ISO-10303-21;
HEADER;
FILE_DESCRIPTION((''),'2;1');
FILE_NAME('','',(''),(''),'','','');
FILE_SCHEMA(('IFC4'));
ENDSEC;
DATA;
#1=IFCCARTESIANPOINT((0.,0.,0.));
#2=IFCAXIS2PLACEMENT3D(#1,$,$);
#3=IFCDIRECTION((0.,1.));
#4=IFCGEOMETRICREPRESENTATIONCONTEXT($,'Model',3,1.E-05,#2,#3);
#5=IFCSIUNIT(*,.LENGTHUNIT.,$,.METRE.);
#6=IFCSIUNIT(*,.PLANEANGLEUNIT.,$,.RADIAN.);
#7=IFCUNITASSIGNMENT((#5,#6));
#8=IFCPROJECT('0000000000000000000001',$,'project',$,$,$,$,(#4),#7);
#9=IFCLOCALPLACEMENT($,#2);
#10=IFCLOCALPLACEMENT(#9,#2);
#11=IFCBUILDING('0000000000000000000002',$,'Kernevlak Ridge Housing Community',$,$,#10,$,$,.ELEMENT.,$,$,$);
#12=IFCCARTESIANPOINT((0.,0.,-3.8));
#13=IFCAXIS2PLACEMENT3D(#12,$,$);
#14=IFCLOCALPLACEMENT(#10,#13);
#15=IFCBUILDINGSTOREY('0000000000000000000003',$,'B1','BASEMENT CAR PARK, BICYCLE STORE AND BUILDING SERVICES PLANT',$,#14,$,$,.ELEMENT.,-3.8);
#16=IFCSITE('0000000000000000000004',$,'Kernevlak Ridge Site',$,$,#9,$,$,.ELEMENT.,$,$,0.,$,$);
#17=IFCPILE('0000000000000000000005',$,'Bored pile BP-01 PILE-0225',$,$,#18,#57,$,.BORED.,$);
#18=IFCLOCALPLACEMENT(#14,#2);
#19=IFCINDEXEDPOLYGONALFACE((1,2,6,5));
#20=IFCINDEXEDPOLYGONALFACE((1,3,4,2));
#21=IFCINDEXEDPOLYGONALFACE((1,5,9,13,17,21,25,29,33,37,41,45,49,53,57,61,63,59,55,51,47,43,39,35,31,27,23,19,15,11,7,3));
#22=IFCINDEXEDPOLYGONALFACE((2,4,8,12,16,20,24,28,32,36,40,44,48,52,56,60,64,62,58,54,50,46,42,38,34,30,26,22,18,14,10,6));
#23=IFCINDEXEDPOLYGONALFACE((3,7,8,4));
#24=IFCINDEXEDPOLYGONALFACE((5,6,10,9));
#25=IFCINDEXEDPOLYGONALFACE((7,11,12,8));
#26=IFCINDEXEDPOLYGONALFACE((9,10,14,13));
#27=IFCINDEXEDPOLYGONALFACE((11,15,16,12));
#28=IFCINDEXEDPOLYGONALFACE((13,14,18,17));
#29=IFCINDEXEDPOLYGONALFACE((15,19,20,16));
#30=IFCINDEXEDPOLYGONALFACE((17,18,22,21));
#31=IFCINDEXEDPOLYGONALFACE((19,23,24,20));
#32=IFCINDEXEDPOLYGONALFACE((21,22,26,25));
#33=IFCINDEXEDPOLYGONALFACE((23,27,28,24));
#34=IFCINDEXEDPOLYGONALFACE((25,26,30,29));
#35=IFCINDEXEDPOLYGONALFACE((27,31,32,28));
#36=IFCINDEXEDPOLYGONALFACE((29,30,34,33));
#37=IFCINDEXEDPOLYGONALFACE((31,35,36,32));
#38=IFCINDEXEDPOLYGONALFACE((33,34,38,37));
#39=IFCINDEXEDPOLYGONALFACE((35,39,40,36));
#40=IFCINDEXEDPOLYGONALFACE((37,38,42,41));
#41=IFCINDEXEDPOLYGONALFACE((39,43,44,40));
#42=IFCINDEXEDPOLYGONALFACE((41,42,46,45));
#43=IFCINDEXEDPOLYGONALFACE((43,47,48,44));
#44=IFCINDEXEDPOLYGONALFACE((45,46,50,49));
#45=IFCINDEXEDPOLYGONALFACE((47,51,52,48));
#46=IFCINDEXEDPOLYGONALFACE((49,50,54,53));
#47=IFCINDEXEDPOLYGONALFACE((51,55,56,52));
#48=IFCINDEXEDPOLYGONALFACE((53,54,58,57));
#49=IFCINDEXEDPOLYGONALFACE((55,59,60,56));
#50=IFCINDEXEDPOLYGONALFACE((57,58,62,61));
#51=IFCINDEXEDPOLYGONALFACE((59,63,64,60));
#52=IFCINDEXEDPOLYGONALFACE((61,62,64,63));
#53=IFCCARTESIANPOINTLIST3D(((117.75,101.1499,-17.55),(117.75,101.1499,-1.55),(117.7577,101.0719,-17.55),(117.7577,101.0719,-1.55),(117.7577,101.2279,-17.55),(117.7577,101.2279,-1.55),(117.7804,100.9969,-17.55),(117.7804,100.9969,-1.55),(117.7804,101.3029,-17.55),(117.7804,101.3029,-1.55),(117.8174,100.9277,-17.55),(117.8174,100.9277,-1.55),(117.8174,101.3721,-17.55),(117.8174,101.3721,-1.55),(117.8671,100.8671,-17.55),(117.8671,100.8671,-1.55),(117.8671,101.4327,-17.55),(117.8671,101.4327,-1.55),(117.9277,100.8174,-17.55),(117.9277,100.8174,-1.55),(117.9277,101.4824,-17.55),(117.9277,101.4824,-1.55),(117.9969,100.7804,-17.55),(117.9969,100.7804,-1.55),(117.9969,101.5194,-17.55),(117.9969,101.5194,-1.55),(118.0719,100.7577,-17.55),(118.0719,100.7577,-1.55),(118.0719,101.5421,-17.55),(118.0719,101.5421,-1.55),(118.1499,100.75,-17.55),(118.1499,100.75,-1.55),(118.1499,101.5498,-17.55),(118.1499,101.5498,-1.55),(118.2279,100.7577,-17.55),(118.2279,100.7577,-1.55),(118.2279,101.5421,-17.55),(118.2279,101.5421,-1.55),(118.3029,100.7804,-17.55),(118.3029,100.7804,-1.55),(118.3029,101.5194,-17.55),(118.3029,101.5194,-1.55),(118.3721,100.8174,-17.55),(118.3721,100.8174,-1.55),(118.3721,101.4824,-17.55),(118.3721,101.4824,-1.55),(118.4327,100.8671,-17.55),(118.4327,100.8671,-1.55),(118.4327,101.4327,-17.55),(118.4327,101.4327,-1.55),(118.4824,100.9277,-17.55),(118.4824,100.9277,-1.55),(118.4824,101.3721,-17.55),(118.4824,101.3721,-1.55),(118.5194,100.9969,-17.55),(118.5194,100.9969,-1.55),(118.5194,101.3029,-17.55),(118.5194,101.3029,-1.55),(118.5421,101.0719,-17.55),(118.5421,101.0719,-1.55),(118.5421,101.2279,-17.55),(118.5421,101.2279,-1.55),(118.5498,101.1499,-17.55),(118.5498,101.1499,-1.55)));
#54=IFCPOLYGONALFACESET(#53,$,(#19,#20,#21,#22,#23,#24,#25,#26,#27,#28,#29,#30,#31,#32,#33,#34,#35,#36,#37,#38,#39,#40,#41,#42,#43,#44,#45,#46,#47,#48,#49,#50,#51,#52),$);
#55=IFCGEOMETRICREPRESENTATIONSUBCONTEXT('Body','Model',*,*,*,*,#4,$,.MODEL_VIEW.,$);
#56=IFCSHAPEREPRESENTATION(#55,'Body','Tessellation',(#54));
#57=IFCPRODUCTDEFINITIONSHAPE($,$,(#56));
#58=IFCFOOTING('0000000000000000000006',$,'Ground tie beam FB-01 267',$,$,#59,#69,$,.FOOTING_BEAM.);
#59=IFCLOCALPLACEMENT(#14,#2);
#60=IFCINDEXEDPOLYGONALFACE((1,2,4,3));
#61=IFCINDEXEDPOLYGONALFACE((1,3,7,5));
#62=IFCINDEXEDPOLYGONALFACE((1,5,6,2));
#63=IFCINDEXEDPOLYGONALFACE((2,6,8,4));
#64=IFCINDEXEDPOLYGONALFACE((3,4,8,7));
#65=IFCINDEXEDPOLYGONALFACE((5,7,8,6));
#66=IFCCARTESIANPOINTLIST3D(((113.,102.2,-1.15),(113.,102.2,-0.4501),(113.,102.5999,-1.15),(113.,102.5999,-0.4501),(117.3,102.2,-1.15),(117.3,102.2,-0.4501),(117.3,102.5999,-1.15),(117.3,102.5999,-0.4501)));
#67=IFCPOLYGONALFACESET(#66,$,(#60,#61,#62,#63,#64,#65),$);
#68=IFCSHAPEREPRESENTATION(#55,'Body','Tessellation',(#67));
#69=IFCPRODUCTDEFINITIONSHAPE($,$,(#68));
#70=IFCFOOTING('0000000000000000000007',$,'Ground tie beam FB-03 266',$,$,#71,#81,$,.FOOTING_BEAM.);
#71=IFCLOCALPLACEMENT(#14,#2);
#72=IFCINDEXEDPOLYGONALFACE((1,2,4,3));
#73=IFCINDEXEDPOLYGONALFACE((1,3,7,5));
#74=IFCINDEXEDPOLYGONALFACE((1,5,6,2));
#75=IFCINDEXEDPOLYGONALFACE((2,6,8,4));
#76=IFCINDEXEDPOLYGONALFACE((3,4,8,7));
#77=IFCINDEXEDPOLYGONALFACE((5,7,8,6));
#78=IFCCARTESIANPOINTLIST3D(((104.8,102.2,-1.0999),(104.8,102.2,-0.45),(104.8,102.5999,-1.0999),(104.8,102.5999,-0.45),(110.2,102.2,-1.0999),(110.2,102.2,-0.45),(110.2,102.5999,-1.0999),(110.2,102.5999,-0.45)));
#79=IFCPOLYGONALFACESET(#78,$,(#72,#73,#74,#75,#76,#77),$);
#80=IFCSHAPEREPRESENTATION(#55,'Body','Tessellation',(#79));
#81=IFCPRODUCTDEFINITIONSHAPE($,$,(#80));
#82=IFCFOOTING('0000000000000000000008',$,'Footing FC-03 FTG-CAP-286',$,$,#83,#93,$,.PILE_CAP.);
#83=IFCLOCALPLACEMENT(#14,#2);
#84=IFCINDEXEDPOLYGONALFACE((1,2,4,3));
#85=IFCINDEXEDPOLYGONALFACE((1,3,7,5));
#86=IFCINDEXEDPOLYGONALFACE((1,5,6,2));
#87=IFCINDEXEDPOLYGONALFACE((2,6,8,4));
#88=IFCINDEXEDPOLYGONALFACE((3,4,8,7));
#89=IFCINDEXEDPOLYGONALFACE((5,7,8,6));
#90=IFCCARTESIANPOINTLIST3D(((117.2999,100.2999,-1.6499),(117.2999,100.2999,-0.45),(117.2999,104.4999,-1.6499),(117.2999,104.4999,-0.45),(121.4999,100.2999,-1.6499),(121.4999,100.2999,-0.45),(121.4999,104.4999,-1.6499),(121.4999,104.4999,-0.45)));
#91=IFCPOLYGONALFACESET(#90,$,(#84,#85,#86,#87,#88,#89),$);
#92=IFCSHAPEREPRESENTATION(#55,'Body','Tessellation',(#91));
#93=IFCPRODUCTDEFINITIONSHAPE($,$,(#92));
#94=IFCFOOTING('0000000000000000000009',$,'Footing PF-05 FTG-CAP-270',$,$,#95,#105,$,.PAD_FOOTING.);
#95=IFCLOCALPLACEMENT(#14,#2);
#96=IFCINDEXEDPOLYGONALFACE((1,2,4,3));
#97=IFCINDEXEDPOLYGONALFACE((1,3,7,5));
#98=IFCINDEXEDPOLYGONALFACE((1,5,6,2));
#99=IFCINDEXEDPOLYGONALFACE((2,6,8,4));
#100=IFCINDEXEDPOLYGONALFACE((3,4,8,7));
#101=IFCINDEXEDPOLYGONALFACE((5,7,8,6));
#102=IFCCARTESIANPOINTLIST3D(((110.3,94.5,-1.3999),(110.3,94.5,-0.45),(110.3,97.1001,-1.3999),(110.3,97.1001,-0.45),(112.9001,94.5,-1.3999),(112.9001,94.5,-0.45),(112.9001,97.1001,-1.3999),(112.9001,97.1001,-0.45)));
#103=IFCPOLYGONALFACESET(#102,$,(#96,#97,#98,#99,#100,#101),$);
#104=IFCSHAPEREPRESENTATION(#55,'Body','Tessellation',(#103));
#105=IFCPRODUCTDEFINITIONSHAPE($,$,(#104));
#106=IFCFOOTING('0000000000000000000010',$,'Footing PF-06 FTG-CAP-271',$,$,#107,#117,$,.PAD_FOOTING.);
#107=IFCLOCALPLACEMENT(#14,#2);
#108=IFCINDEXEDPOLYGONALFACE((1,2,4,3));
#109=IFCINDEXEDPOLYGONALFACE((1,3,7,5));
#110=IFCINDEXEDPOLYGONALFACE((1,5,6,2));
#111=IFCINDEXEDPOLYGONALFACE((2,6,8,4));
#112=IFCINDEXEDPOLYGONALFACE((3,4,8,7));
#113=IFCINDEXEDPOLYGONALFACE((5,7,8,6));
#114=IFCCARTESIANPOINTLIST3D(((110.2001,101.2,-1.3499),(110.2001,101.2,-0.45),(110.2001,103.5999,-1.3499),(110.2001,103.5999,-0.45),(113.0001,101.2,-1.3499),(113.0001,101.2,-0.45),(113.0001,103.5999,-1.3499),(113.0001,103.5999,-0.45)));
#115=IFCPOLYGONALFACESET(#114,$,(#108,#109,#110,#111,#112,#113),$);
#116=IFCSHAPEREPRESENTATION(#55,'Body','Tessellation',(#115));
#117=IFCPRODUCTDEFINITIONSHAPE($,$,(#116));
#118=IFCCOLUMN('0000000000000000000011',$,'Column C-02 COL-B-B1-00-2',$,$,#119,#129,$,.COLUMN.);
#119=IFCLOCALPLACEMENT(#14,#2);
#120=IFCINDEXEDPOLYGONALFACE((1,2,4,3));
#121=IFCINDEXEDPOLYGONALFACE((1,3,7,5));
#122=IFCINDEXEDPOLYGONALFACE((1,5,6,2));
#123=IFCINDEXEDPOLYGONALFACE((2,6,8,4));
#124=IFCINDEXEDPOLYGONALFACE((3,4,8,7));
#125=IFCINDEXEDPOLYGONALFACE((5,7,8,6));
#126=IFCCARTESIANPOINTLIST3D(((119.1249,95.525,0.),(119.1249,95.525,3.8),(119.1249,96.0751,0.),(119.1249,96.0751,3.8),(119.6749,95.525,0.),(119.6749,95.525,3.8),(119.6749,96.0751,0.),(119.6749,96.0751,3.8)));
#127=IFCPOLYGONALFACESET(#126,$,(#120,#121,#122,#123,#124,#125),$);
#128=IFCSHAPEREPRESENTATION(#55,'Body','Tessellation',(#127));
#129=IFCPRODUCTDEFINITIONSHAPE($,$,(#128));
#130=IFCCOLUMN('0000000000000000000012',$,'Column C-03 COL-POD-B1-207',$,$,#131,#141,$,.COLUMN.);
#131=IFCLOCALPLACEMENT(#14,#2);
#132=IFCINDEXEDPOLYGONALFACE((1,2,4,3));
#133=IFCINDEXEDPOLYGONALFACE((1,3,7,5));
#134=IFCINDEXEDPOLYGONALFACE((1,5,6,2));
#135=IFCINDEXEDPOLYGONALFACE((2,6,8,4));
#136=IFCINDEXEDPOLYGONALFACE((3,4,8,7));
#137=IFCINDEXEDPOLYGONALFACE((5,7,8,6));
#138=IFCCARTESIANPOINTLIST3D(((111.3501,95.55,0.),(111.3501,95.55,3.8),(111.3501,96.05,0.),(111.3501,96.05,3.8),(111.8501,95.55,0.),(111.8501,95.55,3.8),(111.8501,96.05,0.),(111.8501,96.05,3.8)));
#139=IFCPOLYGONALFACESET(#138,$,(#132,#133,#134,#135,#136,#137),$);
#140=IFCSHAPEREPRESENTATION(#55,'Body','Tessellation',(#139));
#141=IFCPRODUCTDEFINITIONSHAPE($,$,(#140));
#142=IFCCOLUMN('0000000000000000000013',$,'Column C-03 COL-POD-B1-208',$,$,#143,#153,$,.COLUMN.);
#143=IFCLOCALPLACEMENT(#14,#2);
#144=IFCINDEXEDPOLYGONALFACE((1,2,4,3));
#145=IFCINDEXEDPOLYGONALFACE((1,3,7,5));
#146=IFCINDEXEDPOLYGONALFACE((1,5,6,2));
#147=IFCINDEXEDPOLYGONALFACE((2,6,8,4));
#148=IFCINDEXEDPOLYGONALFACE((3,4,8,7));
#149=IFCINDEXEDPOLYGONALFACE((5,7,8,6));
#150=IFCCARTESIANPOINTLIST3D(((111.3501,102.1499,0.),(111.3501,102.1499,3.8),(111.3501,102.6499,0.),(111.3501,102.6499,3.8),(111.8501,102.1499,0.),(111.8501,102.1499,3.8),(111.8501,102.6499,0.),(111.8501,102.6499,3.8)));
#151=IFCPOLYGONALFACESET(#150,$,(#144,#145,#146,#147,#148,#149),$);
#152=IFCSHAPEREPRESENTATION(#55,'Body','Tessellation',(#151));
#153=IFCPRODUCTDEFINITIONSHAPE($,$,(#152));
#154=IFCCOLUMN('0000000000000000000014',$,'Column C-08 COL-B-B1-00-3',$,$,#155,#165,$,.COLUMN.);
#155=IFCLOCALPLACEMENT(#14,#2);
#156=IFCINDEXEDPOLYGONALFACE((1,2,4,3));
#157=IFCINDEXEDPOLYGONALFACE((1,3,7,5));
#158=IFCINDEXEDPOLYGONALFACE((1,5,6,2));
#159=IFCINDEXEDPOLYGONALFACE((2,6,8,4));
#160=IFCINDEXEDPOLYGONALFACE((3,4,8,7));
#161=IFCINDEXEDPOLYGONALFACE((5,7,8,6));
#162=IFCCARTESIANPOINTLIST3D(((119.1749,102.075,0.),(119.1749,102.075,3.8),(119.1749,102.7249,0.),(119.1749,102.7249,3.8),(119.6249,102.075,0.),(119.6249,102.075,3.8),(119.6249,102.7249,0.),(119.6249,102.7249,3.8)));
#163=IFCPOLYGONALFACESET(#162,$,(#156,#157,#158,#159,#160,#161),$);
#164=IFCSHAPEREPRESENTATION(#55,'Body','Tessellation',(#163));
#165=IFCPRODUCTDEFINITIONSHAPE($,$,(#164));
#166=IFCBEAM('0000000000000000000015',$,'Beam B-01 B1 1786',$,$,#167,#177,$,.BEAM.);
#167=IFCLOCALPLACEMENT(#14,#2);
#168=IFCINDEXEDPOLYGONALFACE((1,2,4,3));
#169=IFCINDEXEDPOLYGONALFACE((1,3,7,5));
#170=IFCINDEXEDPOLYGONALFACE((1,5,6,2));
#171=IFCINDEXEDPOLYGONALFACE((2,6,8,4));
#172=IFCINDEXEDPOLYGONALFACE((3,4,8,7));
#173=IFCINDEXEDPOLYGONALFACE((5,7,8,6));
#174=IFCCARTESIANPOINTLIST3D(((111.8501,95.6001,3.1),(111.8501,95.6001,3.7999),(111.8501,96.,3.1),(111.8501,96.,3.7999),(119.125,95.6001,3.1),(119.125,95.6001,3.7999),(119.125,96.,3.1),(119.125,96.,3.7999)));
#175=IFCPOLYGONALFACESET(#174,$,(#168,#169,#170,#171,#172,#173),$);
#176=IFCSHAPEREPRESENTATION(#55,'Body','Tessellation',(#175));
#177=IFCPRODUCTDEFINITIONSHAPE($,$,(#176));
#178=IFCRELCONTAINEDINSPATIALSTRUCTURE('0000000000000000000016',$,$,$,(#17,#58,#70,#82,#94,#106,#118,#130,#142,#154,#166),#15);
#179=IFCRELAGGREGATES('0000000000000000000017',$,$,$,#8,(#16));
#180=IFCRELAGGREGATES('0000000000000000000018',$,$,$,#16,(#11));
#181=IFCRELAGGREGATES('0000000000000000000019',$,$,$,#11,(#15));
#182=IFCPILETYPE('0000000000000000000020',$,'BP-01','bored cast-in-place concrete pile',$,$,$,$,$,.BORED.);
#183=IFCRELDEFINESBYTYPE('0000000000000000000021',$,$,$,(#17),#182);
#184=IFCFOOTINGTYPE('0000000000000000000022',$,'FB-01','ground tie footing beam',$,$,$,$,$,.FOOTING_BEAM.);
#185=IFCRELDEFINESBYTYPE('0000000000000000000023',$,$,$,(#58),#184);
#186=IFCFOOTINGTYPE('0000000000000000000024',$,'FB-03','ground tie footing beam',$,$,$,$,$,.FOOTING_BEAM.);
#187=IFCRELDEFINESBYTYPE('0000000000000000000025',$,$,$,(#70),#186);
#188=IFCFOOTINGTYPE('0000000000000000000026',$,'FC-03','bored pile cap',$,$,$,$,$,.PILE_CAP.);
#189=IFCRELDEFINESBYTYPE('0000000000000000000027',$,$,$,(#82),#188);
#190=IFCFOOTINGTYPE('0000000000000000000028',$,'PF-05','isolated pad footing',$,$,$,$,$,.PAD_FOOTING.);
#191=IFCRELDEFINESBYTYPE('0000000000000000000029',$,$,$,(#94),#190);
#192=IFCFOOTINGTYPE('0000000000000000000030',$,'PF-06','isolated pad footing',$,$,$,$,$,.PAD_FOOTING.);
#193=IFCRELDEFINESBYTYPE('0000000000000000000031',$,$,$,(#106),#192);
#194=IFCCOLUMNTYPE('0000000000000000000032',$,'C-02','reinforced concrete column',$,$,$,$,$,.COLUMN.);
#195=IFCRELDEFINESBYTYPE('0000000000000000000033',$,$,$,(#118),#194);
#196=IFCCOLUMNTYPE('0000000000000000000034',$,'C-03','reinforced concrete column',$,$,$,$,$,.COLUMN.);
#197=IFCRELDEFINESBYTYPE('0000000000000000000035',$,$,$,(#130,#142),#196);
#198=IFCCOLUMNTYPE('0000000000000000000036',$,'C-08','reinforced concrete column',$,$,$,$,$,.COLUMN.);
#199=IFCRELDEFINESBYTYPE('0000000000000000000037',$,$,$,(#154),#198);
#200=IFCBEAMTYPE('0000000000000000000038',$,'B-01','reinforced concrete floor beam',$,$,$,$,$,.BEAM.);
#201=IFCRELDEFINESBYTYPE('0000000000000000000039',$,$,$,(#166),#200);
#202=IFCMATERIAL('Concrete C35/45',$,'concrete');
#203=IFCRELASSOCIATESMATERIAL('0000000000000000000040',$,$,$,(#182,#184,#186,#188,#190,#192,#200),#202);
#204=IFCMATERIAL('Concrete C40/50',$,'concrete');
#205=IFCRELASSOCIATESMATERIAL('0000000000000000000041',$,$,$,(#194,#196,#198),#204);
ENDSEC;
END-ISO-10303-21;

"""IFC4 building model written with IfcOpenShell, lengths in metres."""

from ifc_helpers import new_model, si_unit, direction, frame, origin, origin_2d, place, context, subcontext, project, spatial, rectangle, circle, extrude, material, material_profile, profile_set, type_object, element, save


model = new_model("IFC4")

# Units and contexts
model_context = context("Model", 3, precision=1e-05, world=origin(), true_north=direction((0.0, 1.0)))
body_context = subcontext(model_context, "Body", "Model", "MODEL_VIEW")
ifc_project = project(units=[si_unit("LENGTHUNIT", "METRE"), si_unit("PLANEANGLEUNIT", "RADIAN")], contexts=[model_context])

# Site, building, storey
site_placement = place(None, origin())
site = spatial("IfcSite", under=ifc_project, at=site_placement, Name="Kernevlak Ridge Site", CompositionType="ELEMENT", RefElevation=0.0)
building_placement = place(site_placement, origin())
building = spatial("IfcBuilding", under=site, at=building_placement, Name="Kernevlak Ridge Housing Community", CompositionType="ELEMENT")
storey_placement = place(building_placement, frame((0.0, 0.0, -3.8)))
storey = spatial("IfcBuildingStorey", under=building, at=storey_placement, Name="B1", Description="BASEMENT CAR PARK, BICYCLE STORE AND BUILDING SERVICES PLANT", CompositionType="ELEMENT", Elevation=-3.8)

# Pile
ifc_material_1 = material(Name="Concrete C35/45", Category="concrete")
ifc_material_profile_1 = material_profile(ifc_material_1, circle(Radius=0.3999, at=origin_2d()), Name="BORED PILE 800")
ifc_profile_set_1 = profile_set([ifc_material_profile_1], Name="Concrete C35/45")
pile_type = type_object("IfcPileType", Name="BP-01", Description="bored cast-in-place concrete pile", PredefinedType="BORED", material=ifc_profile_set_1)
pile_placement = place(storey_placement, frame((118.1499, 101.1499, -1.55), z_axis=(0.0, 0.0, -1.0), x_axis=(1.0, 0.0, 0.0)))
element("IfcPile", 1, at=pile_placement, inside=storey, type_object=pile_type, Name="Bored pile BP-01 PILE-0225", PredefinedType="BORED", context=body_context, shape_type="SweptSolid", body=[
    extrude(circle(Radius=0.3999, at=origin_2d()), origin(), (0.0, 0.0, 1.0), 16.0),
])

# Footings
ifc_material_profile_2 = material_profile(ifc_material_1, rectangle(XDim=0.3999, YDim=0.7, at=origin_2d()), Name="RC 400x700")
ifc_profile_set_2 = profile_set([ifc_material_profile_2], Name="Concrete C35/45")
footing_type_1 = type_object("IfcFootingType", Name="FB-01", Description="ground tie footing beam", PredefinedType="FOOTING_BEAM", material=ifc_profile_set_2)
footing_1_placement = place(storey_placement, frame((113.0, 102.3999, -0.8), z_axis=(1.0, 0.0, 0.0), x_axis=(0.0, 1.0, 0.0)))
element("IfcFooting", 2, at=footing_1_placement, inside=storey, type_object=footing_type_1, Name="Ground tie beam FB-01 267", PredefinedType="FOOTING_BEAM", context=body_context, shape_type="SweptSolid", body=[
    extrude(rectangle(XDim=0.3999, YDim=0.7, at=origin_2d()), origin(), (0.0, 0.0, 1.0), 4.3),
])
ifc_material_profile_3 = material_profile(ifc_material_1, rectangle(XDim=0.3999, YDim=0.6499, at=origin_2d()), Name="RC 400x650")
ifc_profile_set_3 = profile_set([ifc_material_profile_3], Name="Concrete C35/45")
footing_type_2 = type_object("IfcFootingType", Name="FB-03", Description="ground tie footing beam", PredefinedType="FOOTING_BEAM", material=ifc_profile_set_3)
footing_2_placement = place(storey_placement, frame((104.8, 102.3999, -0.7749), z_axis=(1.0, 0.0, 0.0), x_axis=(0.0, 1.0, 0.0)))
element("IfcFooting", 3, at=footing_2_placement, inside=storey, type_object=footing_type_2, Name="Ground tie beam FB-03 266", PredefinedType="FOOTING_BEAM", context=body_context, shape_type="SweptSolid", body=[
    extrude(rectangle(XDim=0.3999, YDim=0.6499, at=origin_2d()), origin(), (0.0, 0.0, 1.0), 5.3999),
])
footing_type_3 = type_object("IfcFootingType", Name="FC-03", Description="bored pile cap", PredefinedType="PILE_CAP", material=ifc_material_1)
footing_3_placement = place(storey_placement, frame((119.3999, 102.3999, -1.6499), z_axis=(0.0, 0.0, 1.0), x_axis=(1.0, 0.0, 0.0)))
element("IfcFooting", 4, at=footing_3_placement, inside=storey, type_object=footing_type_3, Name="Footing FC-03 FTG-CAP-286", PredefinedType="PILE_CAP", context=body_context, shape_type="SweptSolid", body=[
    extrude(rectangle(XDim=4.2, YDim=4.2, at=origin_2d()), origin(), (0.0, 0.0, 1.0), 1.2),
])
footing_type_4 = type_object("IfcFootingType", Name="PF-05", Description="isolated pad footing", PredefinedType="PAD_FOOTING", material=ifc_material_1)
footing_4_placement = place(storey_placement, frame((111.6001, 95.8, -1.3999), z_axis=(0.0, 0.0, 1.0), x_axis=(1.0, 0.0, 0.0)))
element("IfcFooting", 5, at=footing_4_placement, inside=storey, type_object=footing_type_4, Name="Footing PF-05 FTG-CAP-270", PredefinedType="PAD_FOOTING", context=body_context, shape_type="SweptSolid", body=[
    extrude(rectangle(XDim=2.6001, YDim=2.6001, at=origin_2d()), origin(), (0.0, 0.0, 1.0), 0.95),
])
footing_type_5 = type_object("IfcFootingType", Name="PF-06", Description="isolated pad footing", PredefinedType="PAD_FOOTING", material=ifc_material_1)
footing_5_placement = place(storey_placement, frame((111.6001, 102.3999, -1.3499), z_axis=(0.0, 0.0, 1.0), x_axis=(1.0, 0.0, 0.0)))
element("IfcFooting", 6, at=footing_5_placement, inside=storey, type_object=footing_type_5, Name="Footing PF-06 FTG-CAP-271", PredefinedType="PAD_FOOTING", context=body_context, shape_type="SweptSolid", body=[
    extrude(rectangle(XDim=2.8, YDim=2.3999, at=origin_2d()), origin(), (0.0, 0.0, 1.0), 0.8999),
])

# Columns
ifc_material_2 = material(Name="Concrete C40/50", Category="concrete")
ifc_material_profile_4 = material_profile(ifc_material_2, rectangle(XDim=0.55, YDim=0.55, at=origin_2d()), Name="RC 550x550")
ifc_profile_set_4 = profile_set([ifc_material_profile_4], Name="Concrete C40/50")
column_type_1 = type_object("IfcColumnType", Name="C-02", Description="reinforced concrete column", PredefinedType="COLUMN", material=ifc_profile_set_4)
column_1_placement = place(storey_placement, frame((119.3999, 95.8, 0.0), z_axis=(0.0, 0.0, 1.0), x_axis=(1.0, 0.0, 0.0)))
element("IfcColumn", 7, at=column_1_placement, inside=storey, type_object=column_type_1, Name="Column C-02 COL-B-B1-00-2", PredefinedType="COLUMN", context=body_context, shape_type="SweptSolid", body=[
    extrude(rectangle(XDim=0.55, YDim=0.55, at=origin_2d()), origin(), (0.0, 0.0, 1.0), 3.8),
])
ifc_material_profile_5 = material_profile(ifc_material_2, rectangle(XDim=0.5, YDim=0.5, at=origin_2d()), Name="RC 500x500")
ifc_profile_set_5 = profile_set([ifc_material_profile_5], Name="Concrete C40/50")
column_type_2 = type_object("IfcColumnType", Name="C-03", Description="reinforced concrete column", PredefinedType="COLUMN", material=ifc_profile_set_5)
for number, where, z_axis, x_axis, name in (
    (8, (111.6001, 95.8, 0.0), (0.0, 0.0, 1.0), (1.0, 0.0, 0.0), "Column C-03 COL-POD-B1-207"),
    (9, (111.6001, 102.3999, 0.0), (0.0, 0.0, 1.0), (1.0, 0.0, 0.0), "Column C-03 COL-POD-B1-208"),
):
    element("IfcColumn", number, at=place(storey_placement, frame(where, z_axis=z_axis, x_axis=x_axis)), inside=storey, type_object=column_type_2, Name=name, PredefinedType="COLUMN", context=body_context, shape_type="SweptSolid", body=[
        extrude(rectangle(XDim=0.5, YDim=0.5, at=origin_2d()), origin(), (0.0, 0.0, 1.0), 3.8),
    ])
ifc_material_profile_6 = material_profile(ifc_material_2, rectangle(XDim=0.45, YDim=0.6499, at=origin_2d()), Name="RC 450x650")
ifc_profile_set_6 = profile_set([ifc_material_profile_6], Name="Concrete C40/50")
column_type_3 = type_object("IfcColumnType", Name="C-08", Description="reinforced concrete column", PredefinedType="COLUMN", material=ifc_profile_set_6)
column_2_placement = place(storey_placement, frame((119.3999, 102.3999, 0.0), z_axis=(0.0, 0.0, 1.0), x_axis=(1.0, 0.0, 0.0)))
element("IfcColumn", 10, at=column_2_placement, inside=storey, type_object=column_type_3, Name="Column C-08 COL-B-B1-00-3", PredefinedType="COLUMN", context=body_context, shape_type="SweptSolid", body=[
    extrude(rectangle(XDim=0.45, YDim=0.6499, at=origin_2d()), origin(), (0.0, 0.0, 1.0), 3.8),
])

# Beam
ifc_material_profile_7 = material_profile(ifc_material_1, rectangle(XDim=0.3999, YDim=0.7, at=origin_2d()), Name="RC 400x700")
ifc_profile_set_7 = profile_set([ifc_material_profile_7], Name="Concrete C35/45")
beam_type_1 = type_object("IfcBeamType", Name="B-01", Description="reinforced concrete floor beam", PredefinedType="BEAM", material=ifc_profile_set_7)
beam_1_placement = place(storey_placement, frame((111.8501, 95.8, 3.45), z_axis=(1.0, 0.0, 0.0), x_axis=(0.0, 1.0, 0.0)))
element("IfcBeam", 11, at=beam_1_placement, inside=storey, type_object=beam_type_1, Name="Beam B-01 B1 1786", PredefinedType="BEAM", context=body_context, shape_type="SweptSolid", body=[
    extrude(rectangle(XDim=0.3999, YDim=0.7, at=origin_2d()), origin(), (0.0, 0.0, 1.0), 7.2749),
])

save(model, "model.ifc")
